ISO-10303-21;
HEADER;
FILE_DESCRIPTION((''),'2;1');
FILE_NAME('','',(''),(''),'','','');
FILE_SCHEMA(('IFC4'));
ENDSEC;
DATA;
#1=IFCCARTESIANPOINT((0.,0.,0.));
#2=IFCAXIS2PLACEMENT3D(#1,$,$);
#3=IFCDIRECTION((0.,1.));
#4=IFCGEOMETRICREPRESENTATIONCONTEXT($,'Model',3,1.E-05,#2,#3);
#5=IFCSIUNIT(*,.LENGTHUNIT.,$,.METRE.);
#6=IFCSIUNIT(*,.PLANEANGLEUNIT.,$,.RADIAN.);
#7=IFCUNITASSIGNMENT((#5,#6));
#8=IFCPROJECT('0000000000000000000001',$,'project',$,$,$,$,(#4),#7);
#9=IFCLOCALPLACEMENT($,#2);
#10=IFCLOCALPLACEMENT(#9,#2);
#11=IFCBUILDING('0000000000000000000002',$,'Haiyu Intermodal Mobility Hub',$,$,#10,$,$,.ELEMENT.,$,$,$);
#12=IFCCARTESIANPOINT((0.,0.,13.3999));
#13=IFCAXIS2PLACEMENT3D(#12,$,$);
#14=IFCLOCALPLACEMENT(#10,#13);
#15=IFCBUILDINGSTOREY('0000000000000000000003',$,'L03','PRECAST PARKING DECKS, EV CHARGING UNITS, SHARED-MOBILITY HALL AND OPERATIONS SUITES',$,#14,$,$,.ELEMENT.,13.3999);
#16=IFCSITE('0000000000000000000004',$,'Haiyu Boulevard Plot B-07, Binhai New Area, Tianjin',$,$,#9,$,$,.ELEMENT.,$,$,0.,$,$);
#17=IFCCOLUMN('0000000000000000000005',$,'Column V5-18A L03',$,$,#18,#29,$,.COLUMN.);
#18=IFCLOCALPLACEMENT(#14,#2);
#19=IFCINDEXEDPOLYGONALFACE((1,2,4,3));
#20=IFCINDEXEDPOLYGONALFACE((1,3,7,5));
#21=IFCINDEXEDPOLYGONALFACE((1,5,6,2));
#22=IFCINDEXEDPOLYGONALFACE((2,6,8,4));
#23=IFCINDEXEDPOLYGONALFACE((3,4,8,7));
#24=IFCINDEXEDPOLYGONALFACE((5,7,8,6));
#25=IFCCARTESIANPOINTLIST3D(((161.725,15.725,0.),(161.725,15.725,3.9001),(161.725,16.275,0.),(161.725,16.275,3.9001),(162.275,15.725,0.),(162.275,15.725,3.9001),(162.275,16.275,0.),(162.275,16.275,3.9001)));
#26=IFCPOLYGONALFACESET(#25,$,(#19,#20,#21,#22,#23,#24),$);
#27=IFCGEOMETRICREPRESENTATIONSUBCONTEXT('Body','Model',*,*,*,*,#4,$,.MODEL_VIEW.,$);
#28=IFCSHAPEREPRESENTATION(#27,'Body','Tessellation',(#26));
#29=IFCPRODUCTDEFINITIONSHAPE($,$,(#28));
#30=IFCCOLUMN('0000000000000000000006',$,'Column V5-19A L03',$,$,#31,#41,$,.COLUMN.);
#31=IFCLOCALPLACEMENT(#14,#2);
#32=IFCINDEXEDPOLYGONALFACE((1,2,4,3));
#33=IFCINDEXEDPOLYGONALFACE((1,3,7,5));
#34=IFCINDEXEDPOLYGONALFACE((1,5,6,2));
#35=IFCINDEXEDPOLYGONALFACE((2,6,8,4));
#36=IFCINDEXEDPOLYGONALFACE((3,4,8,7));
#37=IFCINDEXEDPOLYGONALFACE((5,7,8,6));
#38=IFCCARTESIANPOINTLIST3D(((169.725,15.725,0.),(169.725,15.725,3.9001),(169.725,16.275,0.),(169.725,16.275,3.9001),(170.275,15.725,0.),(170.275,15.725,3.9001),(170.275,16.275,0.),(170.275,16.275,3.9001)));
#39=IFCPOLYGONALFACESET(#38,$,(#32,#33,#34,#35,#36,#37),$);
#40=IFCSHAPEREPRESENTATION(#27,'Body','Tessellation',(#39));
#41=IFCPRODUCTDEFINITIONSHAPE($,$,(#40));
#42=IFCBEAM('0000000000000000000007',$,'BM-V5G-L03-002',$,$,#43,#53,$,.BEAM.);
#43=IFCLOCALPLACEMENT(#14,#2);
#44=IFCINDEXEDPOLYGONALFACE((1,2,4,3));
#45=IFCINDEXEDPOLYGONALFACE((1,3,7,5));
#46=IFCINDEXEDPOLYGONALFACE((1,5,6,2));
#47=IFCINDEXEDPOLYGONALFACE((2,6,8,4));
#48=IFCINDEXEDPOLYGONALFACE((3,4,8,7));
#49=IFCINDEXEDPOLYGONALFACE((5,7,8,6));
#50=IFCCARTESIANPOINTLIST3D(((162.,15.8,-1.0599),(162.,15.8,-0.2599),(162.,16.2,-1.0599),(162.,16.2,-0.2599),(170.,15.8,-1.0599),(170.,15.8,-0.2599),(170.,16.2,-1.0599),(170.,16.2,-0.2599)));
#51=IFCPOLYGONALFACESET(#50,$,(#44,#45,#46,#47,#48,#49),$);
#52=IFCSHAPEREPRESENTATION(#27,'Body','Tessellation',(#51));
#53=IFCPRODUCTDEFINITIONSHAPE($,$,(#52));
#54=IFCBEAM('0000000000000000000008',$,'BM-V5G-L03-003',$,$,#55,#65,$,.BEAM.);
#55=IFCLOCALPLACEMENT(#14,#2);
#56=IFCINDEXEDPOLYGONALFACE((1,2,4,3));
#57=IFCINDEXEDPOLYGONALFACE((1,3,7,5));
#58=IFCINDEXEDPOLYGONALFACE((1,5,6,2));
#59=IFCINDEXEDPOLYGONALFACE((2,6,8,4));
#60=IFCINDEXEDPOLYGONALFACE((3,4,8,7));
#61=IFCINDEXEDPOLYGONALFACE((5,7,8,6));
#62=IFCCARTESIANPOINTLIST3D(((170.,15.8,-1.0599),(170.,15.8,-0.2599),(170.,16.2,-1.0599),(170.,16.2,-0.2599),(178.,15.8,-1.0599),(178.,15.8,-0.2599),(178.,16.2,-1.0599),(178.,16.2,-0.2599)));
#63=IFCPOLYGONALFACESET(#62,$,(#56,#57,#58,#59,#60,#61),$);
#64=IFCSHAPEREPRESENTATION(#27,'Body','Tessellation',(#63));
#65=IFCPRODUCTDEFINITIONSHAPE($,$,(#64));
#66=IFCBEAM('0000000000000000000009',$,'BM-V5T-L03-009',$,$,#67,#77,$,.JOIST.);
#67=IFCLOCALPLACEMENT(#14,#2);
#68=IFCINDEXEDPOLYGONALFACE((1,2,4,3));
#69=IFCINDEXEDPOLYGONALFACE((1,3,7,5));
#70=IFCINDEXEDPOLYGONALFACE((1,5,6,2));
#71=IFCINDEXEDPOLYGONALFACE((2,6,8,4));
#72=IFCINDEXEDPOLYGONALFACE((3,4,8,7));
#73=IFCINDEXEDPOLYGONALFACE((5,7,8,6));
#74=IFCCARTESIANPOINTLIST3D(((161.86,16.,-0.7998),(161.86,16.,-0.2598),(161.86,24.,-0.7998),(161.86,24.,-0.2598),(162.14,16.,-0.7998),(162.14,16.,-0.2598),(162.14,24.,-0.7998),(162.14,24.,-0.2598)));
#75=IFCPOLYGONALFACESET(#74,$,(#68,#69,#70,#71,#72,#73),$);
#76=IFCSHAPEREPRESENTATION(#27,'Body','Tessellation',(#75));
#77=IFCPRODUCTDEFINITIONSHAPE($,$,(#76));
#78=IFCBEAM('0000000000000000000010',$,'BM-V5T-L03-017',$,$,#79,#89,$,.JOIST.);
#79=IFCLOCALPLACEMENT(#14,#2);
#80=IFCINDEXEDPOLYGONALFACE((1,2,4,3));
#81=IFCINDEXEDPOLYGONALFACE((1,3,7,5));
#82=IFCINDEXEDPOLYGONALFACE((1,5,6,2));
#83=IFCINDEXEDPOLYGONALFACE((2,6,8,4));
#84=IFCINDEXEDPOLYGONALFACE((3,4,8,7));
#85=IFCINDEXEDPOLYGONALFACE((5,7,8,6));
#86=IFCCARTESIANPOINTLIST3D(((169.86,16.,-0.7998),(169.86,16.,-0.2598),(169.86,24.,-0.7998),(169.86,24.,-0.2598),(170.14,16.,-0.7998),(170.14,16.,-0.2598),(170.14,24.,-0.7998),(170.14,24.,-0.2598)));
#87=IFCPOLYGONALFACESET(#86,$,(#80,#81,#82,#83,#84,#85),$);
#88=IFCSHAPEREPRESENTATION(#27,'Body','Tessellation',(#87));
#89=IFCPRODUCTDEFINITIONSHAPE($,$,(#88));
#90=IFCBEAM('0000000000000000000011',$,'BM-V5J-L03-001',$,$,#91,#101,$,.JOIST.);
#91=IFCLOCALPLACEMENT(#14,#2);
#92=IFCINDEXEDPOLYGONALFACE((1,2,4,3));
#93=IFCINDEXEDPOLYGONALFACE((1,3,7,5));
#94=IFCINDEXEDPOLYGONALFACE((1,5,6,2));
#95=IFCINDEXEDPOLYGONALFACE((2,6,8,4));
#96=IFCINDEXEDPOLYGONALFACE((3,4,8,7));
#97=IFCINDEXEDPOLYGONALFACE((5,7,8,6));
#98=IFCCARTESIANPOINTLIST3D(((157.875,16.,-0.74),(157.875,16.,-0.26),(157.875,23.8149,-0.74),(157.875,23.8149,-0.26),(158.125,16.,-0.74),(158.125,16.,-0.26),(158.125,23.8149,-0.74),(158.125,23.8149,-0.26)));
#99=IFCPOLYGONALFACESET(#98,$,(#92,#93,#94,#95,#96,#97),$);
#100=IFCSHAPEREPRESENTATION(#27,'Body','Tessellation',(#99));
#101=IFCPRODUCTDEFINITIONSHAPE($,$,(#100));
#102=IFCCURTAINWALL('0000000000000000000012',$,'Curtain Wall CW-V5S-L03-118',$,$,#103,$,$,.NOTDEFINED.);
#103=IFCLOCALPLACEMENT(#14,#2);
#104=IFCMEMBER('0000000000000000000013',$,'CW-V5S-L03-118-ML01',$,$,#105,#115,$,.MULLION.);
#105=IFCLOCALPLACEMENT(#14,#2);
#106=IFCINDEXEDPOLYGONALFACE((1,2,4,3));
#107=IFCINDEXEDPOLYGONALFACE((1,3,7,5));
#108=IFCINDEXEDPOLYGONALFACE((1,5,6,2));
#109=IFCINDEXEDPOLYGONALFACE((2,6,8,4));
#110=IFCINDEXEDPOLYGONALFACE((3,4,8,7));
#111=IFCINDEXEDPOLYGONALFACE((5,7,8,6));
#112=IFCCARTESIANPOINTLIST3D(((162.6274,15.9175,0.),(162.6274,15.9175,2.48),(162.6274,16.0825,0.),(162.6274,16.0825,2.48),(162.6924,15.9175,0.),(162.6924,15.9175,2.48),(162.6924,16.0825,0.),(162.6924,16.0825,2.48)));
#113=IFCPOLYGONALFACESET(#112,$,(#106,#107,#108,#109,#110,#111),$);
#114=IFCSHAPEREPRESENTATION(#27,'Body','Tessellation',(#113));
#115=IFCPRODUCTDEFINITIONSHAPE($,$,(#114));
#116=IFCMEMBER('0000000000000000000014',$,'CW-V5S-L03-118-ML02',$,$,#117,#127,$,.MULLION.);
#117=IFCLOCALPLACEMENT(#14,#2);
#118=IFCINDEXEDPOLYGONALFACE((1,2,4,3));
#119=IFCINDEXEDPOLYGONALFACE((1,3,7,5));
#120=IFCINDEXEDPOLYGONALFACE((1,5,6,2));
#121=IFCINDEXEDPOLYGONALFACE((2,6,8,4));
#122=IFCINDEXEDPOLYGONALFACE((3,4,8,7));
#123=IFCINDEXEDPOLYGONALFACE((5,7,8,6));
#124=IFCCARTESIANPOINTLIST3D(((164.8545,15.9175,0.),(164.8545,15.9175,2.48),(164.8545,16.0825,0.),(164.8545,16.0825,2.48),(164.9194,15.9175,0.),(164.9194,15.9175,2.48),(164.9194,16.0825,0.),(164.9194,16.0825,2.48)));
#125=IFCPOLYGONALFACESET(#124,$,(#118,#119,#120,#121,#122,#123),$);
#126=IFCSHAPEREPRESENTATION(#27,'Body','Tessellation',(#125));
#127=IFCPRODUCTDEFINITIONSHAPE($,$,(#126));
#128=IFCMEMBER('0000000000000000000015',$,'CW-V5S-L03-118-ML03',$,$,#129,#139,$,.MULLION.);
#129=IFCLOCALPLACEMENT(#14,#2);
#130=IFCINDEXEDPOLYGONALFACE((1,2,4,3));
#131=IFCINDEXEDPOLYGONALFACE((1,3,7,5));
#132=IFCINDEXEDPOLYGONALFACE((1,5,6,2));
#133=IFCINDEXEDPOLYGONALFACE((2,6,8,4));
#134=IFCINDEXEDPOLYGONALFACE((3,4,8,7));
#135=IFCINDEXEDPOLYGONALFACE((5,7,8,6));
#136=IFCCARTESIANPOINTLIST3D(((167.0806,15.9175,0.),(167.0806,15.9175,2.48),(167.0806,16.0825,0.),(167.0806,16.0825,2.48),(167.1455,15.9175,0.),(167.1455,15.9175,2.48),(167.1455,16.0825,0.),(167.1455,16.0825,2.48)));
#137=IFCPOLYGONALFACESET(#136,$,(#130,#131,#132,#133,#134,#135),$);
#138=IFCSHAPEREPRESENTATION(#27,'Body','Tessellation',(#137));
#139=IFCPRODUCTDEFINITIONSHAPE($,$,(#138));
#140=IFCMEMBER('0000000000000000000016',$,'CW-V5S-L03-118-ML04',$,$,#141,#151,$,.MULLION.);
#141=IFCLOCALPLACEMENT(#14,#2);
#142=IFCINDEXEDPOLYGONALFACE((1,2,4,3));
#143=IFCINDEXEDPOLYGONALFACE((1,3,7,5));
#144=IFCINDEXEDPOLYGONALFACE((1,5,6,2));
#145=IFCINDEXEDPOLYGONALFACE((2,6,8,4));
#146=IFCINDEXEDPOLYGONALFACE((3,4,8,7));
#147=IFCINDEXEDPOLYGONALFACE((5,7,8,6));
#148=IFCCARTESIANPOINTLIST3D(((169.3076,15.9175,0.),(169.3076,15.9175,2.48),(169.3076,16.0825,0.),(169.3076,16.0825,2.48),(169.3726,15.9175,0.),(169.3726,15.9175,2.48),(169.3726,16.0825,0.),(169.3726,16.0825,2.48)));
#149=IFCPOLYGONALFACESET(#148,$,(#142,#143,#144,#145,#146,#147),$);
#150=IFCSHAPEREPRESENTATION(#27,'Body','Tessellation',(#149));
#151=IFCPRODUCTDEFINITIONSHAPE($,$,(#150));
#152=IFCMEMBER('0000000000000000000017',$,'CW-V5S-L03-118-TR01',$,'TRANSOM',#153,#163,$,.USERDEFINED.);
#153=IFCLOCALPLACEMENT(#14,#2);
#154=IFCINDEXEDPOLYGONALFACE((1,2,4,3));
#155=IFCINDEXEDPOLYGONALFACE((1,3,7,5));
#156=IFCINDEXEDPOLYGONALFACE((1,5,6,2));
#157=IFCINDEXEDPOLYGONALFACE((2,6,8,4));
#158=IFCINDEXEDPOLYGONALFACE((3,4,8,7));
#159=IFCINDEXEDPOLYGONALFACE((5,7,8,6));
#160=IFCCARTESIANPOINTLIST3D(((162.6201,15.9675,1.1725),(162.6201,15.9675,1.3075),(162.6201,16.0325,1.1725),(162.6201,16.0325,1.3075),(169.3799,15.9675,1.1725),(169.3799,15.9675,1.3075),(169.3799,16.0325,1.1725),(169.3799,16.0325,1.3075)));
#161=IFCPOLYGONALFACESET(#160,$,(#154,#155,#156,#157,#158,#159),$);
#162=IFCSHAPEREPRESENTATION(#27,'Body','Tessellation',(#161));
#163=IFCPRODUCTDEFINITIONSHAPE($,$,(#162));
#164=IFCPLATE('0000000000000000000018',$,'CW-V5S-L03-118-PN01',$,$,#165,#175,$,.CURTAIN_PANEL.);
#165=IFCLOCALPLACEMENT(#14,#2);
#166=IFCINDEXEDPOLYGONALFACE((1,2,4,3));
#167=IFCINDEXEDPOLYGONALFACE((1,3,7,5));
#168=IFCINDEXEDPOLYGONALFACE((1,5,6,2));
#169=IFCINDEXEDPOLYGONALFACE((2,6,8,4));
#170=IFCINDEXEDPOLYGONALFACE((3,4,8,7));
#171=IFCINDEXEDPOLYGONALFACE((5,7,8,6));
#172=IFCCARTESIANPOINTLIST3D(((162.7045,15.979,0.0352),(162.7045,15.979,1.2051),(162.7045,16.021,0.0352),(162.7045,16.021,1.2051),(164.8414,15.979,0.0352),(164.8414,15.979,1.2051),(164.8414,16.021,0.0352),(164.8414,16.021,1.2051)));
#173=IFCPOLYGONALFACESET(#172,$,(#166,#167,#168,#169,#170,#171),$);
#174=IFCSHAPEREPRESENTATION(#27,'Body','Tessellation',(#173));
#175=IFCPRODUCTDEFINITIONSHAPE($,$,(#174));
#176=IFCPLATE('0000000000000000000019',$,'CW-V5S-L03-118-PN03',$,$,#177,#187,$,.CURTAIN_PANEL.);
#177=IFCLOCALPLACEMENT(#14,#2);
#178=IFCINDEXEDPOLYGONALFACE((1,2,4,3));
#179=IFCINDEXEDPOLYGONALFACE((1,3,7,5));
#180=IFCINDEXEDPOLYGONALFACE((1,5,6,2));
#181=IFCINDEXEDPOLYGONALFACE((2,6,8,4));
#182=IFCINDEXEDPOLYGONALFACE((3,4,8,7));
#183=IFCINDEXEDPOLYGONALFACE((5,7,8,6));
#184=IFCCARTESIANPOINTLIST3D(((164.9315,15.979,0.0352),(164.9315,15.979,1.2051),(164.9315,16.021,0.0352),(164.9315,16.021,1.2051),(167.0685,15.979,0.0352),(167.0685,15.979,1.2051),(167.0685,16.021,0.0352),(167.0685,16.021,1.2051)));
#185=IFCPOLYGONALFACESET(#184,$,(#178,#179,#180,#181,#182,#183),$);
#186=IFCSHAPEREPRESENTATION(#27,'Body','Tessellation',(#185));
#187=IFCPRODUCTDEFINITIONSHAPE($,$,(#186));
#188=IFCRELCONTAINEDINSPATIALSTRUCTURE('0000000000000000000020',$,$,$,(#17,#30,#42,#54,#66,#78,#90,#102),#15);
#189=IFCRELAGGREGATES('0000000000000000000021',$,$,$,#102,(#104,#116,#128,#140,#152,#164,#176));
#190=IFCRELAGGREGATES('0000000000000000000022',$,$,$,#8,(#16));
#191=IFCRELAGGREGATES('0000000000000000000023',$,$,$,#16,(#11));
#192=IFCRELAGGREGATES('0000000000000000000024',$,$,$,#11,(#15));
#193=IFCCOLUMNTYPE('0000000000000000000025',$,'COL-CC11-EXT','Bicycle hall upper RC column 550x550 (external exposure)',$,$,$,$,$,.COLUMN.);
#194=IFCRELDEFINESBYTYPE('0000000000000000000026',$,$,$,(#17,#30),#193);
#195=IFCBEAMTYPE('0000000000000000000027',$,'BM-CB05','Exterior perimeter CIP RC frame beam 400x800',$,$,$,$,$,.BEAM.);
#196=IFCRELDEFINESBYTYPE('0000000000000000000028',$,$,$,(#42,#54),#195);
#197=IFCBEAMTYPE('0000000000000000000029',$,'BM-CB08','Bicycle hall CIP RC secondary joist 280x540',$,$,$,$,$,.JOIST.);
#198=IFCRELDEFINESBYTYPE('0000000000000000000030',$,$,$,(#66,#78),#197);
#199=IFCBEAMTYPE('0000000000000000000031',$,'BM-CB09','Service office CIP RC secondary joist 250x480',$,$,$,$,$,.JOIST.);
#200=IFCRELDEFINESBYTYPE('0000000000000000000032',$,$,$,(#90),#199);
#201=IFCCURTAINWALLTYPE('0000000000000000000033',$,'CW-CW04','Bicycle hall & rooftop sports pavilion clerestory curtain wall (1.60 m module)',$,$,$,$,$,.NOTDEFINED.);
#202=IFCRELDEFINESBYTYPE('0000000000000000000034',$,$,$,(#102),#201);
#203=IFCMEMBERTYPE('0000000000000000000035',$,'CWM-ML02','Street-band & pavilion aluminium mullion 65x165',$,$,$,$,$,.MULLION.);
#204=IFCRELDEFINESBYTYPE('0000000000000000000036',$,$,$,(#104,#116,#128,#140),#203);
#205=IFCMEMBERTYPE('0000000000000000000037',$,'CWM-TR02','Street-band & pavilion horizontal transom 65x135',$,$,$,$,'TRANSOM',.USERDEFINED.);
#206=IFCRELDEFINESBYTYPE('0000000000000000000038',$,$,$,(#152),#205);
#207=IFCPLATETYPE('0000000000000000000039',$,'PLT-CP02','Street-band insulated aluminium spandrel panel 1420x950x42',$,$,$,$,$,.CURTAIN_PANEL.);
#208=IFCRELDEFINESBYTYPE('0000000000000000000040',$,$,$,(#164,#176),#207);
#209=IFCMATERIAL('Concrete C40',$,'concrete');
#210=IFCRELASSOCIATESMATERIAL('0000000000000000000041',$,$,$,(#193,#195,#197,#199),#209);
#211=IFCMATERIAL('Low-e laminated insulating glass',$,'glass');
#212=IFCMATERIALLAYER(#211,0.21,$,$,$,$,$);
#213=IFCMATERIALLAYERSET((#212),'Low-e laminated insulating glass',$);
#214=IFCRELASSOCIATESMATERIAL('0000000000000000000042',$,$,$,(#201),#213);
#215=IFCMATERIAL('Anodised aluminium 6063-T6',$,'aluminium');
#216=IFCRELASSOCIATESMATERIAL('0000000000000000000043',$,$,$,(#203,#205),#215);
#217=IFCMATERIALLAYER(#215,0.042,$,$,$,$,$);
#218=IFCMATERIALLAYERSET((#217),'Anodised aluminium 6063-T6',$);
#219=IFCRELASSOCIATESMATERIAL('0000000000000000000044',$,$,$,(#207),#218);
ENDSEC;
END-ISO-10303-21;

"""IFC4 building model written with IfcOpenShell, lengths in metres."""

from ifc_helpers import new_model, si_unit, direction, frame, origin, origin_2d, place, context, subcontext, project, spatial, rectangle, extrude, material, layer, layer_set, material_profile, profile_set, type_object, element, aggregate, save


model = new_model("IFC4")

# Units and contexts
model_context = context("Model", 3, precision=1e-05, world=origin(), true_north=direction((0.0, 1.0)))
body_context = subcontext(model_context, "Body", "Model", "MODEL_VIEW")
ifc_project = project(units=[si_unit("LENGTHUNIT", "METRE"), si_unit("PLANEANGLEUNIT", "RADIAN")], contexts=[model_context])

# Site, building, storey
site_placement = place(None, origin())
site = spatial("IfcSite", under=ifc_project, at=site_placement, Name="Haiyu Boulevard Plot B-07, Binhai New Area, Tianjin", CompositionType="ELEMENT", RefElevation=0.0)
building_placement = place(site_placement, origin())
building = spatial("IfcBuilding", under=site, at=building_placement, Name="Haiyu Intermodal Mobility Hub", CompositionType="ELEMENT")
storey_placement = place(building_placement, frame((0.0, 0.0, 13.3999)))
storey = spatial("IfcBuildingStorey", under=building, at=storey_placement, Name="L03", Description="PRECAST PARKING DECKS, EV CHARGING UNITS, SHARED-MOBILITY HALL AND OPERATIONS SUITES", CompositionType="ELEMENT", Elevation=13.3999)

# Columns
ifc_material_1 = material(Name="Concrete C40", Category="concrete")
ifc_material_profile_1 = material_profile(ifc_material_1, rectangle(XDim=0.55, YDim=0.55, at=origin_2d()), Name="RC550x550")
ifc_profile_set_1 = profile_set([ifc_material_profile_1], Name="Concrete C40")
column_type = type_object("IfcColumnType", Name="COL-CC11-EXT", Description="Bicycle hall upper RC column 550x550 (external exposure)", PredefinedType="COLUMN", material=ifc_profile_set_1)
for number, where, z_axis, x_axis, name in (
    (1, (162.0, 16.0, 0.0), (0.0, 0.0, 1.0), (1.0, 0.0, 0.0), "Column V5-18A L03"),
    (2, (170.0, 16.0, 0.0), (0.0, 0.0, 1.0), (1.0, 0.0, 0.0), "Column V5-19A L03"),
):
    element("IfcColumn", number, at=place(storey_placement, frame(where, z_axis=z_axis, x_axis=x_axis)), inside=storey, type_object=column_type, Name=name, PredefinedType="COLUMN", context=body_context, shape_type="SweptSolid", body=[
        extrude(rectangle(XDim=0.55, YDim=0.55, at=origin_2d()), origin(), (0.0, 0.0, 1.0), 3.9001),
    ])

# Beams
ifc_material_profile_2 = material_profile(ifc_material_1, rectangle(XDim=0.3999, YDim=0.8, at=origin_2d()), Name="RCB400x800")
ifc_profile_set_2 = profile_set([ifc_material_profile_2], Name="Concrete C40")
beam_type_1 = type_object("IfcBeamType", Name="BM-CB05", Description="Exterior perimeter CIP RC frame beam 400x800", PredefinedType="BEAM", material=ifc_profile_set_2)
for number, where, z_axis, x_axis, name in (
    (3, (162.0, 16.0, -0.6599), (1.0, 0.0, 0.0), (0.0, 1.0, 0.0), "BM-V5G-L03-002"),
    (4, (170.0, 16.0, -0.6599), (1.0, 0.0, 0.0), (0.0, 1.0, 0.0), "BM-V5G-L03-003"),
):
    element("IfcBeam", number, at=place(storey_placement, frame(where, z_axis=z_axis, x_axis=x_axis)), inside=storey, type_object=beam_type_1, Name=name, PredefinedType="BEAM", context=body_context, shape_type="SweptSolid", body=[
        extrude(rectangle(XDim=0.3999, YDim=0.8, at=origin_2d()), origin(), (0.0, 0.0, 1.0), 8.0),
    ])
ifc_material_profile_3 = material_profile(ifc_material_1, rectangle(XDim=0.28, YDim=0.54, at=origin_2d()), Name="RCB280x540")
ifc_profile_set_3 = profile_set([ifc_material_profile_3], Name="Concrete C40")
beam_type_2 = type_object("IfcBeamType", Name="BM-CB08", Description="Bicycle hall CIP RC secondary joist 280x540", PredefinedType="JOIST", material=ifc_profile_set_3)
for number, where, z_axis, x_axis, name in (
    (5, (162.0, 16.0, -0.5298), (0.0, 1.0, 0.0), (-1.0, 0.0, 0.0), "BM-V5T-L03-009"),
    (6, (170.0, 16.0, -0.5298), (0.0, 1.0, 0.0), (-1.0, 0.0, 0.0), "BM-V5T-L03-017"),
):
    element("IfcBeam", number, at=place(storey_placement, frame(where, z_axis=z_axis, x_axis=x_axis)), inside=storey, type_object=beam_type_2, Name=name, PredefinedType="JOIST", context=body_context, shape_type="SweptSolid", body=[
        extrude(rectangle(XDim=0.28, YDim=0.54, at=origin_2d()), origin(), (0.0, 0.0, 1.0), 8.0),
    ])
ifc_material_profile_4 = material_profile(ifc_material_1, rectangle(XDim=0.25, YDim=0.48, at=origin_2d()), Name="RCB250x480")
ifc_profile_set_4 = profile_set([ifc_material_profile_4], Name="Concrete C40")
beam_type_3 = type_object("IfcBeamType", Name="BM-CB09", Description="Service office CIP RC secondary joist 250x480", PredefinedType="JOIST", material=ifc_profile_set_4)
beam_placement = place(storey_placement, frame((158.0, 16.0, -0.5), z_axis=(0.0, 1.0, 0.0), x_axis=(-1.0, 0.0, 0.0)))
element("IfcBeam", 7, at=beam_placement, inside=storey, type_object=beam_type_3, Name="BM-V5J-L03-001", PredefinedType="JOIST", context=body_context, shape_type="SweptSolid", body=[
    extrude(rectangle(XDim=0.25, YDim=0.48, at=origin_2d()), origin(), (0.0, 0.0, 1.0), 7.8149),
])

# Curtain wall, members, plates
ifc_material_2 = material(Name="Low-e laminated insulating glass", Category="glass")
ifc_layer_1 = layer(ifc_material_2, 0.21)
ifc_layer_set_1 = layer_set([ifc_layer_1], Name="Low-e laminated insulating glass")
curtain_wall_type = type_object("IfcCurtainWallType", Name="CW-CW04", Description="Bicycle hall & rooftop sports pavilion clerestory curtain wall (1.60 m module)", PredefinedType="NOTDEFINED", material=ifc_layer_set_1)
curtain_wall_placement = place(storey_placement, origin())
curtain_wall = element("IfcCurtainWall", 8, at=curtain_wall_placement, inside=storey, type_object=curtain_wall_type, Name="Curtain Wall CW-V5S-L03-118", PredefinedType="NOTDEFINED")
ifc_material_3 = material(Name="Anodised aluminium 6063-T6", Category="aluminium")
ifc_material_profile_5 = material_profile(ifc_material_3, rectangle(XDim=0.0649, YDim=0.165, at=origin_2d()), Name="ALU65x165")
ifc_profile_set_5 = profile_set([ifc_material_profile_5], Name="Anodised aluminium 6063-T6")
member_type_1 = type_object("IfcMemberType", Name="CWM-ML02", Description="Street-band & pavilion aluminium mullion 65x165", PredefinedType="MULLION", material=ifc_profile_set_5)
member_1_placement = place(storey_placement, frame((162.6599, 16.0, 0.0), z_axis=(0.0, 0.0, 1.0), x_axis=(1.0, 0.0, 0.0)))
member_1 = element("IfcMember", 9, at=member_1_placement, type_object=member_type_1, Name="CW-V5S-L03-118-ML01", PredefinedType="MULLION", context=body_context, shape_type="SweptSolid", body=[
    extrude(rectangle(XDim=0.0649, YDim=0.165, at=origin_2d()), origin(), (0.0, 0.0, 1.0), 2.48),
])
member_2_placement = place(storey_placement, frame((164.887, 16.0, 0.0), z_axis=(0.0, 0.0, 1.0), x_axis=(1.0, 0.0, 0.0)))
member_2 = element("IfcMember", 10, at=member_2_placement, type_object=member_type_1, Name="CW-V5S-L03-118-ML02", PredefinedType="MULLION", context=body_context, shape_type="SweptSolid", body=[
    extrude(rectangle(XDim=0.0649, YDim=0.165, at=origin_2d()), origin(), (0.0, 0.0, 1.0), 2.48),
])
member_3_placement = place(storey_placement, frame((167.113, 16.0, 0.0), z_axis=(0.0, 0.0, 1.0), x_axis=(1.0, 0.0, 0.0)))
member_3 = element("IfcMember", 11, at=member_3_placement, type_object=member_type_1, Name="CW-V5S-L03-118-ML03", PredefinedType="MULLION", context=body_context, shape_type="SweptSolid", body=[
    extrude(rectangle(XDim=0.0649, YDim=0.165, at=origin_2d()), origin(), (0.0, 0.0, 1.0), 2.48),
])
member_4_placement = place(storey_placement, frame((169.3401, 16.0, 0.0), z_axis=(0.0, 0.0, 1.0), x_axis=(1.0, 0.0, 0.0)))
member_4 = element("IfcMember", 12, at=member_4_placement, type_object=member_type_1, Name="CW-V5S-L03-118-ML04", PredefinedType="MULLION", context=body_context, shape_type="SweptSolid", body=[
    extrude(rectangle(XDim=0.0649, YDim=0.165, at=origin_2d()), origin(), (0.0, 0.0, 1.0), 2.48),
])
ifc_material_profile_6 = material_profile(ifc_material_3, rectangle(XDim=0.0649, YDim=0.135, at=origin_2d()), Name="ALU65x135")
ifc_profile_set_6 = profile_set([ifc_material_profile_6], Name="Anodised aluminium 6063-T6")
member_type_2 = type_object("IfcMemberType", Name="CWM-TR02", Description="Street-band & pavilion horizontal transom 65x135", ElementType="TRANSOM", PredefinedType="USERDEFINED", material=ifc_profile_set_6)
member_5_placement = place(storey_placement, frame((162.6201, 16.0, 1.24), z_axis=(1.0, 0.0, 0.0), x_axis=(0.0, 1.0, 0.0)))
member_5 = element("IfcMember", 13, at=member_5_placement, type_object=member_type_2, Name="CW-V5S-L03-118-TR01", ObjectType="TRANSOM", PredefinedType="USERDEFINED", context=body_context, shape_type="SweptSolid", body=[
    extrude(rectangle(XDim=0.0649, YDim=0.135, at=origin_2d()), origin(), (0.0, 0.0, 1.0), 6.7598),
])
ifc_layer_2 = layer(ifc_material_3, 0.042)
ifc_layer_set_2 = layer_set([ifc_layer_2], Name="Anodised aluminium 6063-T6")
plate_type_1 = type_object("IfcPlateType", Name="PLT-CP02", Description="Street-band insulated aluminium spandrel panel 1420x950x42", PredefinedType="CURTAIN_PANEL", material=ifc_layer_set_2)
plate_1_placement = place(storey_placement, frame((163.7729, 16.0, 0.0352), z_axis=(0.0, 0.0, 1.0), x_axis=(1.0, 0.0, 0.0)))
plate_1 = element("IfcPlate", 14, at=plate_1_placement, type_object=plate_type_1, Name="CW-V5S-L03-118-PN01", PredefinedType="CURTAIN_PANEL", context=body_context, shape_type="SweptSolid", body=[
    extrude(rectangle(XDim=2.137, YDim=0.042, at=origin_2d()), origin(), (0.0, 0.0, 1.0), 1.1699),
])
plate_2_placement = place(storey_placement, frame((166.0, 16.0, 0.0352), z_axis=(0.0, 0.0, 1.0), x_axis=(1.0, 0.0, 0.0)))
plate_2 = element("IfcPlate", 15, at=plate_2_placement, type_object=plate_type_1, Name="CW-V5S-L03-118-PN03", PredefinedType="CURTAIN_PANEL", context=body_context, shape_type="SweptSolid", body=[
    extrude(rectangle(XDim=2.137, YDim=0.042, at=origin_2d()), origin(), (0.0, 0.0, 1.0), 1.1699),
])
aggregate(curtain_wall, [member_1, member_2, member_3, member_4, member_5, plate_1, plate_2])

save(model, "model.ifc")
